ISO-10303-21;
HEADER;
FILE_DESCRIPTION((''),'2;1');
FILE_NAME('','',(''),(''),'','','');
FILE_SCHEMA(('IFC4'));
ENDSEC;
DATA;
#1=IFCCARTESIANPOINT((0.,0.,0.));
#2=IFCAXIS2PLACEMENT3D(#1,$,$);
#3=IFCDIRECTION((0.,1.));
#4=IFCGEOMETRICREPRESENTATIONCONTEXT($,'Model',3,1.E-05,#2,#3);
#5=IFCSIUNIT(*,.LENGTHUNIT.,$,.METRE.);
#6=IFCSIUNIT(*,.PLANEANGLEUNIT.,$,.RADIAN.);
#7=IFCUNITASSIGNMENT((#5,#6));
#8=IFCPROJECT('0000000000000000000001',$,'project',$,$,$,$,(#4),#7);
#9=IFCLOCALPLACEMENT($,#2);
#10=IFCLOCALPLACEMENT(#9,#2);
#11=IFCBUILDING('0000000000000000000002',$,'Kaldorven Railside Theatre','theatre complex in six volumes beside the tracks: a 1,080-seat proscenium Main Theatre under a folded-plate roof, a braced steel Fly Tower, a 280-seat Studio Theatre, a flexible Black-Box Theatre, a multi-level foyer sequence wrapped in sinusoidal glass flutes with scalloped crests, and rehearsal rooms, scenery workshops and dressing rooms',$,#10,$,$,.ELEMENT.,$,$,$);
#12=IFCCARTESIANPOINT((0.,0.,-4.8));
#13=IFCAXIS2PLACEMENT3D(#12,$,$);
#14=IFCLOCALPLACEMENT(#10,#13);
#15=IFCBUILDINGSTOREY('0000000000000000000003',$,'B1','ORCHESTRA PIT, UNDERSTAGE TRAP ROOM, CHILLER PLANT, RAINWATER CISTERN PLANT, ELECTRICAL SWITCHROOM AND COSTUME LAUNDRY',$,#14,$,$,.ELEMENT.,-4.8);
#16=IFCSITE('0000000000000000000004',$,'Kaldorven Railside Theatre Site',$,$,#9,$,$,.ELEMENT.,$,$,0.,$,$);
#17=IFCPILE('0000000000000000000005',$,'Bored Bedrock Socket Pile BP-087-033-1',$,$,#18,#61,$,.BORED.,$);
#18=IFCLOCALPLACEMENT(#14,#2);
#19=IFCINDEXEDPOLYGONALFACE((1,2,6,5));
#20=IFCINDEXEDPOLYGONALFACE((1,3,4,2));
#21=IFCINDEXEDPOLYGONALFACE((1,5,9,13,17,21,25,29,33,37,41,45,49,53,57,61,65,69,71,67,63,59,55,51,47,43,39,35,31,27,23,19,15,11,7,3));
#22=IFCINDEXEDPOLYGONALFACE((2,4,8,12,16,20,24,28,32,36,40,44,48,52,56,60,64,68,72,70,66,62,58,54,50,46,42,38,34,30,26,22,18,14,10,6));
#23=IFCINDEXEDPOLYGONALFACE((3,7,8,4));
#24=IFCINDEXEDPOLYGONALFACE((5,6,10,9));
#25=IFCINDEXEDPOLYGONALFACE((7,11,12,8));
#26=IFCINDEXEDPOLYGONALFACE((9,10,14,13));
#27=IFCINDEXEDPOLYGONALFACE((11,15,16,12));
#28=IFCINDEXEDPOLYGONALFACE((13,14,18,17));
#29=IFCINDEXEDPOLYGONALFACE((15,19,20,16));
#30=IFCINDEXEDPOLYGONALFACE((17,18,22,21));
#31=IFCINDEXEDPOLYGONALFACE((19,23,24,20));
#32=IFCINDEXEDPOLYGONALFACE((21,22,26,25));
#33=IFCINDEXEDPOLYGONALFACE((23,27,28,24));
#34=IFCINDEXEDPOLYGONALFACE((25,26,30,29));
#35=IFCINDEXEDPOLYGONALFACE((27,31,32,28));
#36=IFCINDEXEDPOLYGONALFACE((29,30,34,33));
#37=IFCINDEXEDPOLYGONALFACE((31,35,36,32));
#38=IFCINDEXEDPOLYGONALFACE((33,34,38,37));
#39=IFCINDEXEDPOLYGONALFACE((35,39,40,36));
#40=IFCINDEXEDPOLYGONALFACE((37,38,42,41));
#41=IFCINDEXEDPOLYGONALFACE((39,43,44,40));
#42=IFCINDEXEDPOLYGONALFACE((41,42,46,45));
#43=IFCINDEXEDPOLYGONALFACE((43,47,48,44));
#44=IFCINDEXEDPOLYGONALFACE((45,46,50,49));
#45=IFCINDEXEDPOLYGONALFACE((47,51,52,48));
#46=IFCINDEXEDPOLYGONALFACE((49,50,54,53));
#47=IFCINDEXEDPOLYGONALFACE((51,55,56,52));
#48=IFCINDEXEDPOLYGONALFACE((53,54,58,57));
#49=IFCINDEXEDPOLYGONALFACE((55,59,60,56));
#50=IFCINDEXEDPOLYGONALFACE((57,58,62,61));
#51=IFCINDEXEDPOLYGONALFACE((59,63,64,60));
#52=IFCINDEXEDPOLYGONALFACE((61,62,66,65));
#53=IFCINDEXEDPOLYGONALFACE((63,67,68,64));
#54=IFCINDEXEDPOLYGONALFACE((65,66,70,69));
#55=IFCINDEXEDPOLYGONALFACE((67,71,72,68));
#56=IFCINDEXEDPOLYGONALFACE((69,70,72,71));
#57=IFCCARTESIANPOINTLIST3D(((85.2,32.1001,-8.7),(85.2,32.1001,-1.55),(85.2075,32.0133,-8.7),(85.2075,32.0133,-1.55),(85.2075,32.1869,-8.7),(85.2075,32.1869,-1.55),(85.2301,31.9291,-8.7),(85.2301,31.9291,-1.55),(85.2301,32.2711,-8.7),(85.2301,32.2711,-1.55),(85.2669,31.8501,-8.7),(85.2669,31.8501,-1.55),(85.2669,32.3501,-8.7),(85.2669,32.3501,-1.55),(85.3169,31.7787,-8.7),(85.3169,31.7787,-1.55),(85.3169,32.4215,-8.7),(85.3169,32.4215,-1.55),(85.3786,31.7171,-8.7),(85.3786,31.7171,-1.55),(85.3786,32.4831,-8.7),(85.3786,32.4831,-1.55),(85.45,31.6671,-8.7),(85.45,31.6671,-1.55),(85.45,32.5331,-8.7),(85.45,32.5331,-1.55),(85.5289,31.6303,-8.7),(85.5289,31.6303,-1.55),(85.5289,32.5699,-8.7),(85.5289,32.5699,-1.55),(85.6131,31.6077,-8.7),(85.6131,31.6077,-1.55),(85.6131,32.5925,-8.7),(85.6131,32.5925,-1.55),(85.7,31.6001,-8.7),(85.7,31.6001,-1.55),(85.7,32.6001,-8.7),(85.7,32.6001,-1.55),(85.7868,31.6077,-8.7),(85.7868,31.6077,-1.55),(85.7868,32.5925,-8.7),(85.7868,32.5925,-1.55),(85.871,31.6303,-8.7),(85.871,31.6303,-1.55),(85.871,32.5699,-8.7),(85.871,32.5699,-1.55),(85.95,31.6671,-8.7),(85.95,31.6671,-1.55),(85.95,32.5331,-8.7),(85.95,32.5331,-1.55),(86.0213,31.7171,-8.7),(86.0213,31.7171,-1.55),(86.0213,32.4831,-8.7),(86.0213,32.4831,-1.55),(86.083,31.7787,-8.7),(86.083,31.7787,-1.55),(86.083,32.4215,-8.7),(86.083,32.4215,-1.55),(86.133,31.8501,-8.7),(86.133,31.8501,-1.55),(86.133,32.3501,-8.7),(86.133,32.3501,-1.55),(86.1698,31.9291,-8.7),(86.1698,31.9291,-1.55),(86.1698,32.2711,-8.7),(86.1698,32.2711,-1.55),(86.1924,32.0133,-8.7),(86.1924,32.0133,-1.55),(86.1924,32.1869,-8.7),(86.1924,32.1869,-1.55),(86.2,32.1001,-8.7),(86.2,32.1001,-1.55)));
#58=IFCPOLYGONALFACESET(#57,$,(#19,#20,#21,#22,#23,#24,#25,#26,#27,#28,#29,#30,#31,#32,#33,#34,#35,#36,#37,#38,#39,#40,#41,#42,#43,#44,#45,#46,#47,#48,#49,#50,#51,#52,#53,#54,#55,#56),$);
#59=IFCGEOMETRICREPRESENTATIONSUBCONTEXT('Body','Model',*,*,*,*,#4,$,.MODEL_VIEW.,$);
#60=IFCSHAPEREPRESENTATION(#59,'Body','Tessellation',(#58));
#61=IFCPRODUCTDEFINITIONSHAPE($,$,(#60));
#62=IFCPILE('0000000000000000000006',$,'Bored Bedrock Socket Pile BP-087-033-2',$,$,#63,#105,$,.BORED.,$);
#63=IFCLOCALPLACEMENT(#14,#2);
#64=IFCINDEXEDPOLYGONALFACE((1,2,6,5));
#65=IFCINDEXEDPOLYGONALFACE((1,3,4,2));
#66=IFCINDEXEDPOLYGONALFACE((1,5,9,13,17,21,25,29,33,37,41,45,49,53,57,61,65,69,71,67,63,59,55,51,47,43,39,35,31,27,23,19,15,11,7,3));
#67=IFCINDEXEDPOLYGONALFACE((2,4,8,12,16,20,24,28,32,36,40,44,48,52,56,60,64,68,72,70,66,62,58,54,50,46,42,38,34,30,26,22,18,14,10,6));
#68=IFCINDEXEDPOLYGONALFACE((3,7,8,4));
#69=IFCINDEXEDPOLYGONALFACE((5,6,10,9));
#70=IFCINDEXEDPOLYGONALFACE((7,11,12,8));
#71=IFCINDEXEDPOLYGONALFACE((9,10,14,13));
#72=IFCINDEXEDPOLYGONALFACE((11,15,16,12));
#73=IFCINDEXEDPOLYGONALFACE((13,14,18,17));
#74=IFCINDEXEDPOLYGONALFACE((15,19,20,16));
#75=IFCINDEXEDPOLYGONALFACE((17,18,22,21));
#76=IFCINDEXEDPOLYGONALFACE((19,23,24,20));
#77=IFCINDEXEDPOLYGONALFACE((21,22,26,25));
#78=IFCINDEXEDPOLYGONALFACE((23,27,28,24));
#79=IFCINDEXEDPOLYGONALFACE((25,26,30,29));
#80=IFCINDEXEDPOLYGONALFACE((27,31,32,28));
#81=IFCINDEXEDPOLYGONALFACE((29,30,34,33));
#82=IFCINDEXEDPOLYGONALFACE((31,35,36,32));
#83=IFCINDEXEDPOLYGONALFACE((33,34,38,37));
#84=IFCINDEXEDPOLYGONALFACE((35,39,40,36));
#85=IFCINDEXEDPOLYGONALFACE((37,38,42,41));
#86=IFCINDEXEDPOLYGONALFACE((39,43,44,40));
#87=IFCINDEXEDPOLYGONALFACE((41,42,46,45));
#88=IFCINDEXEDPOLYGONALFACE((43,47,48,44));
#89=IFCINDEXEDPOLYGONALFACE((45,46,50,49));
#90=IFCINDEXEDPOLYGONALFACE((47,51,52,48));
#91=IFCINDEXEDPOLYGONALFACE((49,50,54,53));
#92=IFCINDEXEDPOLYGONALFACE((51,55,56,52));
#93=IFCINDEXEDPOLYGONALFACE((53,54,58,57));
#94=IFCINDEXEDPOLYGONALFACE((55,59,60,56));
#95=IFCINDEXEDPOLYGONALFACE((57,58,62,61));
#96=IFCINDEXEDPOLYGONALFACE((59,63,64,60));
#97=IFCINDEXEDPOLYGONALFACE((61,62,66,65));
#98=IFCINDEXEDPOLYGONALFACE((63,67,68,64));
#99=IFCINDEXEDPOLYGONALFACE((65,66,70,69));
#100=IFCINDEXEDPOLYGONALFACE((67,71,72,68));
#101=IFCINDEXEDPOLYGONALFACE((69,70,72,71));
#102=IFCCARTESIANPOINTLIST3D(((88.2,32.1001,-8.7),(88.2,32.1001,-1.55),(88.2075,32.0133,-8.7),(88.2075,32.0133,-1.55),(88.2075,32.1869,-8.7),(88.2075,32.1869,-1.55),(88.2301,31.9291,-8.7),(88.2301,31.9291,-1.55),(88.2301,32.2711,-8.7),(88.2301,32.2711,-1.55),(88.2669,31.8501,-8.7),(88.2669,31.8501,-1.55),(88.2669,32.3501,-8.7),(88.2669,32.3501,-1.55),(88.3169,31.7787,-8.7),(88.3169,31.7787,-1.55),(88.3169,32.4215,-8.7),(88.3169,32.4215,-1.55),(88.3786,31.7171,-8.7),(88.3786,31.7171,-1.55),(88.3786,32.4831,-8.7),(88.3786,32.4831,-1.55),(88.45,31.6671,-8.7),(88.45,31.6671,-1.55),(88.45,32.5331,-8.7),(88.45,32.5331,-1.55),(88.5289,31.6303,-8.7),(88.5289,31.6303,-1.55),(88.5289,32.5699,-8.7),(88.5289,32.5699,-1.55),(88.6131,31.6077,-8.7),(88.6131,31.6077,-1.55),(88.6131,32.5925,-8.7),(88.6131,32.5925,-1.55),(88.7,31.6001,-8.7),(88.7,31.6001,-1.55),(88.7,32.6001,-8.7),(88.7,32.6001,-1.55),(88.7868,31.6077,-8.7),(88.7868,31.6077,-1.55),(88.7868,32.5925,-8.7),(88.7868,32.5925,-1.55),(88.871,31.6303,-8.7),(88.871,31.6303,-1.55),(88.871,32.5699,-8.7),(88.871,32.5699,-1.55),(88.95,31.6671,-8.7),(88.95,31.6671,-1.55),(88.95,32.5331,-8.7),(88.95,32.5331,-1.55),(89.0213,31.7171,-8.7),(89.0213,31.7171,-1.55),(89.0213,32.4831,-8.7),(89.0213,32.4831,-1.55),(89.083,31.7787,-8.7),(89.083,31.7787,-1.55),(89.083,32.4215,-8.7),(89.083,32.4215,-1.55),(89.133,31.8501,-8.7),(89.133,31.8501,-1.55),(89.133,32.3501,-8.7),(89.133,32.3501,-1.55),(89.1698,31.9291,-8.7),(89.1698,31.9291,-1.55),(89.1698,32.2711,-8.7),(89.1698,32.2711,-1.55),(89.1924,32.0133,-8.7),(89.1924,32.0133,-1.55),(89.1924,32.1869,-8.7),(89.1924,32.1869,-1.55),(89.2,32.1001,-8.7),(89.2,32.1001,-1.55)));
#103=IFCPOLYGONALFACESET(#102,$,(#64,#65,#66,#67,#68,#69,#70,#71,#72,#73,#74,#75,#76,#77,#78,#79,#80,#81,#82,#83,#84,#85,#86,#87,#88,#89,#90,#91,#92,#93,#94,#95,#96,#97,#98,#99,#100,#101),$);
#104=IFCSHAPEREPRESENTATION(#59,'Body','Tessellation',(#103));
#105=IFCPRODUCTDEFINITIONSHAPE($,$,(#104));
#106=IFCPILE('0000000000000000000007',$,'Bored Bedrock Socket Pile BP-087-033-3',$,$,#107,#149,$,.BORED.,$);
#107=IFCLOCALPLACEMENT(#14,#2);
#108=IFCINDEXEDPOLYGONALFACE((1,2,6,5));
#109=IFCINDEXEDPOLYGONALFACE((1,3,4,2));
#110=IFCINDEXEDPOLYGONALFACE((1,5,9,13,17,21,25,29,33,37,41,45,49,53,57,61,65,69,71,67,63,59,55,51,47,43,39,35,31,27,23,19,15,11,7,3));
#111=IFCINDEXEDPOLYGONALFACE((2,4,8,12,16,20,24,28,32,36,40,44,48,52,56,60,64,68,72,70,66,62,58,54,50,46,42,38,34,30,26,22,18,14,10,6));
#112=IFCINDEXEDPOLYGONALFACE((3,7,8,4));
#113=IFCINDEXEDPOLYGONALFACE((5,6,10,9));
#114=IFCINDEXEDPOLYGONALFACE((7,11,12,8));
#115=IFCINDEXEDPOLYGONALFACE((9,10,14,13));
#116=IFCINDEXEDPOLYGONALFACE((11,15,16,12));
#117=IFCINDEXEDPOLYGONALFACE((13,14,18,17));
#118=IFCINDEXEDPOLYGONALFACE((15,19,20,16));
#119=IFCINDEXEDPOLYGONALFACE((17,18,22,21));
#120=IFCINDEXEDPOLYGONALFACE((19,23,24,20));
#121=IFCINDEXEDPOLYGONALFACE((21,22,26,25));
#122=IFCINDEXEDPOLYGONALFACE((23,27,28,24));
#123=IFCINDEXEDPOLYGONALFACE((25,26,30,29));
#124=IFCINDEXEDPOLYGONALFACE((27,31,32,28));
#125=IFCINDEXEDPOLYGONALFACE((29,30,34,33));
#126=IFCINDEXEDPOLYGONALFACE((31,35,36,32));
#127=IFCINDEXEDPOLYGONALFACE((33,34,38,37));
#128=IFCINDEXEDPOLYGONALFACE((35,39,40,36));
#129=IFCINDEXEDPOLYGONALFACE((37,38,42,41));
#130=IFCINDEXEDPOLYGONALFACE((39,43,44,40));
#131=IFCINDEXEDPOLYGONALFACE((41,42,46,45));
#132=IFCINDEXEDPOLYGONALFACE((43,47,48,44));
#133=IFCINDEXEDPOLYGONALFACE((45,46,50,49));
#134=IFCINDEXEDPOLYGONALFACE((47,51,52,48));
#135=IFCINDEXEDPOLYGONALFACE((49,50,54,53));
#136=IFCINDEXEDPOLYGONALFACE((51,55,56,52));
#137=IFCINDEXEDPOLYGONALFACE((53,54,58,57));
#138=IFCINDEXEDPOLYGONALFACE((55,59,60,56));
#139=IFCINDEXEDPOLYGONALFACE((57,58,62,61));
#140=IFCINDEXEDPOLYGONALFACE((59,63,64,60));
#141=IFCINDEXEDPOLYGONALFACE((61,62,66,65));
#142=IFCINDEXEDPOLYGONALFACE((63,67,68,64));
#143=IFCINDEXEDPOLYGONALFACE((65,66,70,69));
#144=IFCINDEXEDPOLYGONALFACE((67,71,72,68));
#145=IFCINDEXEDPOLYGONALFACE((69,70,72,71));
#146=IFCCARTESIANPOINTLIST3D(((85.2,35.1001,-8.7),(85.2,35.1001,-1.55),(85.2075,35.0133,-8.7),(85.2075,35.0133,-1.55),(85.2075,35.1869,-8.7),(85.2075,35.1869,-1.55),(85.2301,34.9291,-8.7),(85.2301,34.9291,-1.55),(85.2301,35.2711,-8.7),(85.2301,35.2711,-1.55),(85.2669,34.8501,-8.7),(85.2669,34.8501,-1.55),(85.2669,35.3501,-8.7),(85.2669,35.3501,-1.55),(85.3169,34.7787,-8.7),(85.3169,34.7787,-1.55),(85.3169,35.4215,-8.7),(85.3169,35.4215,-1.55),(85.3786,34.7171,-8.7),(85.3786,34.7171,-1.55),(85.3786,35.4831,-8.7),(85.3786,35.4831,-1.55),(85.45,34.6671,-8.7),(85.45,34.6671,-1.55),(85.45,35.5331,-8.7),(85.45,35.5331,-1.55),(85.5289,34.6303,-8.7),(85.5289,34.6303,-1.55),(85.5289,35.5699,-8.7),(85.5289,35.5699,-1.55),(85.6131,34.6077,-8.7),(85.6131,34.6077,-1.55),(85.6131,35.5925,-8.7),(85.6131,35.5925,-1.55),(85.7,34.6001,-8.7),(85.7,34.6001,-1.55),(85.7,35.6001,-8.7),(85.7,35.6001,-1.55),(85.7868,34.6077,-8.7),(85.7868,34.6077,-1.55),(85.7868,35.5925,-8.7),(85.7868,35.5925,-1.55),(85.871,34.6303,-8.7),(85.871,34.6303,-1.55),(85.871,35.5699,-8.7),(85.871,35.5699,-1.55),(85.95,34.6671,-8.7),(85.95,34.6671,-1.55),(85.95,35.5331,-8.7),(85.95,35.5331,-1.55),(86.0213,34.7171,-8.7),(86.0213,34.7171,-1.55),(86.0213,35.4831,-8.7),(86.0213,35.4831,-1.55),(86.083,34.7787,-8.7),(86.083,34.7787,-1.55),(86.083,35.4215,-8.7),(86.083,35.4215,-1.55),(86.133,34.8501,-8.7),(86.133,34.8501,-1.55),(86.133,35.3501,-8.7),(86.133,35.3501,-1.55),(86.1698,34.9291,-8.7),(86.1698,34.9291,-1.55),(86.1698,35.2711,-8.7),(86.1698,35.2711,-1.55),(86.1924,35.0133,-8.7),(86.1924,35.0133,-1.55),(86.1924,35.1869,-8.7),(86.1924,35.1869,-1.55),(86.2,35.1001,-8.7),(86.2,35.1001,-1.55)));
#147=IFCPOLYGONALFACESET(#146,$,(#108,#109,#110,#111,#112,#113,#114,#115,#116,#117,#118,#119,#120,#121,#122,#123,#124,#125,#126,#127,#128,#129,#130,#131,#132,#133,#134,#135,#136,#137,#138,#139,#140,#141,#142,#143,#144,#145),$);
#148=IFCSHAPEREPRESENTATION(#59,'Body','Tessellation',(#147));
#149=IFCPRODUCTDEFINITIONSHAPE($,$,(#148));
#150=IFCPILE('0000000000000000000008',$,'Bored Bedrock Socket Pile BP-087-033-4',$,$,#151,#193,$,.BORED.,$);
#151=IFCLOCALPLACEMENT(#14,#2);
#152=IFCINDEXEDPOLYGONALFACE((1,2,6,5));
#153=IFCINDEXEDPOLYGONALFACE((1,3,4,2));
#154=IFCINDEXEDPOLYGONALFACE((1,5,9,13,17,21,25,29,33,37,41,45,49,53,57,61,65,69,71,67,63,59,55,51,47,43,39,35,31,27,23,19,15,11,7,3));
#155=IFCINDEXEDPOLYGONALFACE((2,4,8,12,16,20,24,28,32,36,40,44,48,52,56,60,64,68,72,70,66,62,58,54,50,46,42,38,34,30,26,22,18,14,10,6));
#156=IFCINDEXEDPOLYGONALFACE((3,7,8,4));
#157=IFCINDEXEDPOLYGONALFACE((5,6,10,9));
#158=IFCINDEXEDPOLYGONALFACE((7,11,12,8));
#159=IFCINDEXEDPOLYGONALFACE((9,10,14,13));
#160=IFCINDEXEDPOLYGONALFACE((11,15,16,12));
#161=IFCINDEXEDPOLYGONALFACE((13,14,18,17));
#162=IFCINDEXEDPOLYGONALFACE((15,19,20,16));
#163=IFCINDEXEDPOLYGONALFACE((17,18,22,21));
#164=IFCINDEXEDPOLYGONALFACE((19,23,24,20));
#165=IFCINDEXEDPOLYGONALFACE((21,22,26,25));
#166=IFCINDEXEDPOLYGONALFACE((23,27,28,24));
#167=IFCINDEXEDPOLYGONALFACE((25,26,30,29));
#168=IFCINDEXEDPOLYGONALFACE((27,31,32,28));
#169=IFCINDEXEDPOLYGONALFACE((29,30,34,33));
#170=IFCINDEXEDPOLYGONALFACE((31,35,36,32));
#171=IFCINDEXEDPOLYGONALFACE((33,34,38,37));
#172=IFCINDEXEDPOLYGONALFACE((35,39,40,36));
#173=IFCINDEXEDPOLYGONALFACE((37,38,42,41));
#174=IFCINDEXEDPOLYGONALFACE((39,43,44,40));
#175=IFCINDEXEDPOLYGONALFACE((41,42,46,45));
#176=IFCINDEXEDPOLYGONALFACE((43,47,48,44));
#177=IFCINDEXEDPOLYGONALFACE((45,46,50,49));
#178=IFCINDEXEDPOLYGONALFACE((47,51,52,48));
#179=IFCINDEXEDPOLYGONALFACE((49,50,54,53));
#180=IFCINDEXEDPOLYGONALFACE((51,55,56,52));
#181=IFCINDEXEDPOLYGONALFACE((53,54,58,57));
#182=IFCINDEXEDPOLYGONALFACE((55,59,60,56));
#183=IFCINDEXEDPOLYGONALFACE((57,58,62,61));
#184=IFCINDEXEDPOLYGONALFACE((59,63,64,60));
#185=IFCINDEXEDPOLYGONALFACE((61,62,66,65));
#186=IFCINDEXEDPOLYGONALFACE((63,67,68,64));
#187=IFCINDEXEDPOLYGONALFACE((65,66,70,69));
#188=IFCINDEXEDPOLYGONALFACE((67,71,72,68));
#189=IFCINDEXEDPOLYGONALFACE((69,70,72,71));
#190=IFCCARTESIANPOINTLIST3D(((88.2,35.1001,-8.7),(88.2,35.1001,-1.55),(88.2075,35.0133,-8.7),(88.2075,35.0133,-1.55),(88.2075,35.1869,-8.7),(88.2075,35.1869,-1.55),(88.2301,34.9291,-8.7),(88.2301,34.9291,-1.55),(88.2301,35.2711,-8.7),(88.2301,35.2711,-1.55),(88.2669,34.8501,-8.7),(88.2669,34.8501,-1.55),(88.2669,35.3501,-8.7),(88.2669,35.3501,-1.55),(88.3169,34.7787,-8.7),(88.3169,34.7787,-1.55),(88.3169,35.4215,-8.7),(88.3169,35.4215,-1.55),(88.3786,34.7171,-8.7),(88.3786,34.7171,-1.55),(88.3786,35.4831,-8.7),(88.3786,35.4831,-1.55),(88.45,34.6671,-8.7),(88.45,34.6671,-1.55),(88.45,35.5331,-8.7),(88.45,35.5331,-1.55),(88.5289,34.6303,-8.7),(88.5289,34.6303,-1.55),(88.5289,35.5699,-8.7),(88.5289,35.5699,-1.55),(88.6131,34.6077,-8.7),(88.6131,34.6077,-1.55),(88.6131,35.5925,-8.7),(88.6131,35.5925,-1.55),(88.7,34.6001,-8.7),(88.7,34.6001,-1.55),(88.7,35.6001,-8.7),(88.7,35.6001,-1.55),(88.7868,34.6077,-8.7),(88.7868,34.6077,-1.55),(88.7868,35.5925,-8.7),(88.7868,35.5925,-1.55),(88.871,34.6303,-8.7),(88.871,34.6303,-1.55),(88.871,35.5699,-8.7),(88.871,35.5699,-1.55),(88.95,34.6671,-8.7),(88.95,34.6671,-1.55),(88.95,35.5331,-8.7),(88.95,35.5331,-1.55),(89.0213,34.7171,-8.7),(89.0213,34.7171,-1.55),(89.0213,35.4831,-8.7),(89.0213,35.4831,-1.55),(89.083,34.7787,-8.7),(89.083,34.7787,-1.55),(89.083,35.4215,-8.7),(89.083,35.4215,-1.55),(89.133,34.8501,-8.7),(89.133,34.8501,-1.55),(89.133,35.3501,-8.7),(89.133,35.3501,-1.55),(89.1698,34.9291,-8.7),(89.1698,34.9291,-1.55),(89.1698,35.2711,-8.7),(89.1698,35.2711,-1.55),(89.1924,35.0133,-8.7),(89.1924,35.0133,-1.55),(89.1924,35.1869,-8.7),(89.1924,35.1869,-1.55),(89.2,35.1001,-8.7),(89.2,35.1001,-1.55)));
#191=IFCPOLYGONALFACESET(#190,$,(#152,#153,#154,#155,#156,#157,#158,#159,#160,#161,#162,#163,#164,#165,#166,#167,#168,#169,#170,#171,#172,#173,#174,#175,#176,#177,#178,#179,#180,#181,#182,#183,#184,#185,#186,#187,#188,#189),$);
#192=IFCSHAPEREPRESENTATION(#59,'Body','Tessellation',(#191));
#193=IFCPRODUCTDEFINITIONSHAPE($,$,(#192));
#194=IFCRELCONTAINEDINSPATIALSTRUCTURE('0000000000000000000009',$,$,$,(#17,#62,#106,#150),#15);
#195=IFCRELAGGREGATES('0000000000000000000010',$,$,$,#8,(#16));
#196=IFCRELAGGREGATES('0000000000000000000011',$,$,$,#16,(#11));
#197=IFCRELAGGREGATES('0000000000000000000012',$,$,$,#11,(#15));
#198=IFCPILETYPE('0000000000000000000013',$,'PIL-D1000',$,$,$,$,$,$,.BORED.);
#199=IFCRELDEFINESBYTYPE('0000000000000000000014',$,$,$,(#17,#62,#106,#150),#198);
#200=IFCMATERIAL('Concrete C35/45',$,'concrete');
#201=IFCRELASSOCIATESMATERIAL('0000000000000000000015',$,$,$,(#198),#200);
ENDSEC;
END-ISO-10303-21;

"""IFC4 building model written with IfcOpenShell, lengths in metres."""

from ifc_helpers import new_model, si_unit, direction, frame, origin, origin_2d, place, context, subcontext, project, spatial, circle, extrude, material, material_profile, profile_set, type_object, element, save


model = new_model("IFC4")

# Units and contexts
model_context = context("Model", 3, precision=1e-05, world=origin(), true_north=direction((0.0, 1.0)))
body_context = subcontext(model_context, "Body", "Model", "MODEL_VIEW")
ifc_project = project(units=[si_unit("LENGTHUNIT", "METRE"), si_unit("PLANEANGLEUNIT", "RADIAN")], contexts=[model_context])

# Site, building, storey
site_placement = place(None, origin())
site = spatial("IfcSite", under=ifc_project, at=site_placement, Name="Kaldorven Railside Theatre Site", CompositionType="ELEMENT", RefElevation=0.0)
building_placement = place(site_placement, origin())
building = spatial("IfcBuilding", under=site, at=building_placement, Name="Kaldorven Railside Theatre", Description="theatre complex in six volumes beside the tracks: a 1,080-seat proscenium Main Theatre under a folded-plate roof, a braced steel Fly Tower, a 280-seat Studio Theatre, a flexible Black-Box Theatre, a multi-level foyer sequence wrapped in sinusoidal glass flutes with scalloped crests, and rehearsal rooms, scenery workshops and dressing rooms", CompositionType="ELEMENT")
storey_placement = place(building_placement, frame((0.0, 0.0, -4.8)))
storey = spatial("IfcBuildingStorey", under=building, at=storey_placement, Name="B1", Description="ORCHESTRA PIT, UNDERSTAGE TRAP ROOM, CHILLER PLANT, RAINWATER CISTERN PLANT, ELECTRICAL SWITCHROOM AND COSTUME LAUNDRY", CompositionType="ELEMENT", Elevation=-4.8)

# Piles
ifc_material_1 = material(Name="Concrete C35/45", Category="concrete")
ifc_material_profile_1 = material_profile(ifc_material_1, circle(Radius=0.5, at=origin_2d()), Name="BP D1000")
ifc_profile_set_1 = profile_set([ifc_material_profile_1], Name="Concrete C35/45")
pile_type_1 = type_object("IfcPileType", Name="PIL-D1000", PredefinedType="BORED", material=ifc_profile_set_1)
for number, where, z_axis, x_axis, name in (
    (1, (85.7, 32.1001, -1.55), (0.0, 0.0, -1.0), (1.0, 0.0, 0.0), "Bored Bedrock Socket Pile BP-087-033-1"),
    (2, (88.7, 32.1001, -1.55), (0.0, 0.0, -1.0), (1.0, 0.0, 0.0), "Bored Bedrock Socket Pile BP-087-033-2"),
    (3, (85.7, 35.1001, -1.55), (0.0, 0.0, -1.0), (1.0, 0.0, 0.0), "Bored Bedrock Socket Pile BP-087-033-3"),
    (4, (88.7, 35.1001, -1.55), (0.0, 0.0, -1.0), (1.0, 0.0, 0.0), "Bored Bedrock Socket Pile BP-087-033-4"),
):
    element("IfcPile", number, at=place(storey_placement, frame(where, z_axis=z_axis, x_axis=x_axis)), inside=storey, type_object=pile_type_1, Name=name, PredefinedType="BORED", context=body_context, shape_type="SweptSolid", body=[
        extrude(circle(Radius=0.5, at=origin_2d()), origin(), (0.0, 0.0, 1.0), 7.1499),
    ])

save(model, "model.ifc")
